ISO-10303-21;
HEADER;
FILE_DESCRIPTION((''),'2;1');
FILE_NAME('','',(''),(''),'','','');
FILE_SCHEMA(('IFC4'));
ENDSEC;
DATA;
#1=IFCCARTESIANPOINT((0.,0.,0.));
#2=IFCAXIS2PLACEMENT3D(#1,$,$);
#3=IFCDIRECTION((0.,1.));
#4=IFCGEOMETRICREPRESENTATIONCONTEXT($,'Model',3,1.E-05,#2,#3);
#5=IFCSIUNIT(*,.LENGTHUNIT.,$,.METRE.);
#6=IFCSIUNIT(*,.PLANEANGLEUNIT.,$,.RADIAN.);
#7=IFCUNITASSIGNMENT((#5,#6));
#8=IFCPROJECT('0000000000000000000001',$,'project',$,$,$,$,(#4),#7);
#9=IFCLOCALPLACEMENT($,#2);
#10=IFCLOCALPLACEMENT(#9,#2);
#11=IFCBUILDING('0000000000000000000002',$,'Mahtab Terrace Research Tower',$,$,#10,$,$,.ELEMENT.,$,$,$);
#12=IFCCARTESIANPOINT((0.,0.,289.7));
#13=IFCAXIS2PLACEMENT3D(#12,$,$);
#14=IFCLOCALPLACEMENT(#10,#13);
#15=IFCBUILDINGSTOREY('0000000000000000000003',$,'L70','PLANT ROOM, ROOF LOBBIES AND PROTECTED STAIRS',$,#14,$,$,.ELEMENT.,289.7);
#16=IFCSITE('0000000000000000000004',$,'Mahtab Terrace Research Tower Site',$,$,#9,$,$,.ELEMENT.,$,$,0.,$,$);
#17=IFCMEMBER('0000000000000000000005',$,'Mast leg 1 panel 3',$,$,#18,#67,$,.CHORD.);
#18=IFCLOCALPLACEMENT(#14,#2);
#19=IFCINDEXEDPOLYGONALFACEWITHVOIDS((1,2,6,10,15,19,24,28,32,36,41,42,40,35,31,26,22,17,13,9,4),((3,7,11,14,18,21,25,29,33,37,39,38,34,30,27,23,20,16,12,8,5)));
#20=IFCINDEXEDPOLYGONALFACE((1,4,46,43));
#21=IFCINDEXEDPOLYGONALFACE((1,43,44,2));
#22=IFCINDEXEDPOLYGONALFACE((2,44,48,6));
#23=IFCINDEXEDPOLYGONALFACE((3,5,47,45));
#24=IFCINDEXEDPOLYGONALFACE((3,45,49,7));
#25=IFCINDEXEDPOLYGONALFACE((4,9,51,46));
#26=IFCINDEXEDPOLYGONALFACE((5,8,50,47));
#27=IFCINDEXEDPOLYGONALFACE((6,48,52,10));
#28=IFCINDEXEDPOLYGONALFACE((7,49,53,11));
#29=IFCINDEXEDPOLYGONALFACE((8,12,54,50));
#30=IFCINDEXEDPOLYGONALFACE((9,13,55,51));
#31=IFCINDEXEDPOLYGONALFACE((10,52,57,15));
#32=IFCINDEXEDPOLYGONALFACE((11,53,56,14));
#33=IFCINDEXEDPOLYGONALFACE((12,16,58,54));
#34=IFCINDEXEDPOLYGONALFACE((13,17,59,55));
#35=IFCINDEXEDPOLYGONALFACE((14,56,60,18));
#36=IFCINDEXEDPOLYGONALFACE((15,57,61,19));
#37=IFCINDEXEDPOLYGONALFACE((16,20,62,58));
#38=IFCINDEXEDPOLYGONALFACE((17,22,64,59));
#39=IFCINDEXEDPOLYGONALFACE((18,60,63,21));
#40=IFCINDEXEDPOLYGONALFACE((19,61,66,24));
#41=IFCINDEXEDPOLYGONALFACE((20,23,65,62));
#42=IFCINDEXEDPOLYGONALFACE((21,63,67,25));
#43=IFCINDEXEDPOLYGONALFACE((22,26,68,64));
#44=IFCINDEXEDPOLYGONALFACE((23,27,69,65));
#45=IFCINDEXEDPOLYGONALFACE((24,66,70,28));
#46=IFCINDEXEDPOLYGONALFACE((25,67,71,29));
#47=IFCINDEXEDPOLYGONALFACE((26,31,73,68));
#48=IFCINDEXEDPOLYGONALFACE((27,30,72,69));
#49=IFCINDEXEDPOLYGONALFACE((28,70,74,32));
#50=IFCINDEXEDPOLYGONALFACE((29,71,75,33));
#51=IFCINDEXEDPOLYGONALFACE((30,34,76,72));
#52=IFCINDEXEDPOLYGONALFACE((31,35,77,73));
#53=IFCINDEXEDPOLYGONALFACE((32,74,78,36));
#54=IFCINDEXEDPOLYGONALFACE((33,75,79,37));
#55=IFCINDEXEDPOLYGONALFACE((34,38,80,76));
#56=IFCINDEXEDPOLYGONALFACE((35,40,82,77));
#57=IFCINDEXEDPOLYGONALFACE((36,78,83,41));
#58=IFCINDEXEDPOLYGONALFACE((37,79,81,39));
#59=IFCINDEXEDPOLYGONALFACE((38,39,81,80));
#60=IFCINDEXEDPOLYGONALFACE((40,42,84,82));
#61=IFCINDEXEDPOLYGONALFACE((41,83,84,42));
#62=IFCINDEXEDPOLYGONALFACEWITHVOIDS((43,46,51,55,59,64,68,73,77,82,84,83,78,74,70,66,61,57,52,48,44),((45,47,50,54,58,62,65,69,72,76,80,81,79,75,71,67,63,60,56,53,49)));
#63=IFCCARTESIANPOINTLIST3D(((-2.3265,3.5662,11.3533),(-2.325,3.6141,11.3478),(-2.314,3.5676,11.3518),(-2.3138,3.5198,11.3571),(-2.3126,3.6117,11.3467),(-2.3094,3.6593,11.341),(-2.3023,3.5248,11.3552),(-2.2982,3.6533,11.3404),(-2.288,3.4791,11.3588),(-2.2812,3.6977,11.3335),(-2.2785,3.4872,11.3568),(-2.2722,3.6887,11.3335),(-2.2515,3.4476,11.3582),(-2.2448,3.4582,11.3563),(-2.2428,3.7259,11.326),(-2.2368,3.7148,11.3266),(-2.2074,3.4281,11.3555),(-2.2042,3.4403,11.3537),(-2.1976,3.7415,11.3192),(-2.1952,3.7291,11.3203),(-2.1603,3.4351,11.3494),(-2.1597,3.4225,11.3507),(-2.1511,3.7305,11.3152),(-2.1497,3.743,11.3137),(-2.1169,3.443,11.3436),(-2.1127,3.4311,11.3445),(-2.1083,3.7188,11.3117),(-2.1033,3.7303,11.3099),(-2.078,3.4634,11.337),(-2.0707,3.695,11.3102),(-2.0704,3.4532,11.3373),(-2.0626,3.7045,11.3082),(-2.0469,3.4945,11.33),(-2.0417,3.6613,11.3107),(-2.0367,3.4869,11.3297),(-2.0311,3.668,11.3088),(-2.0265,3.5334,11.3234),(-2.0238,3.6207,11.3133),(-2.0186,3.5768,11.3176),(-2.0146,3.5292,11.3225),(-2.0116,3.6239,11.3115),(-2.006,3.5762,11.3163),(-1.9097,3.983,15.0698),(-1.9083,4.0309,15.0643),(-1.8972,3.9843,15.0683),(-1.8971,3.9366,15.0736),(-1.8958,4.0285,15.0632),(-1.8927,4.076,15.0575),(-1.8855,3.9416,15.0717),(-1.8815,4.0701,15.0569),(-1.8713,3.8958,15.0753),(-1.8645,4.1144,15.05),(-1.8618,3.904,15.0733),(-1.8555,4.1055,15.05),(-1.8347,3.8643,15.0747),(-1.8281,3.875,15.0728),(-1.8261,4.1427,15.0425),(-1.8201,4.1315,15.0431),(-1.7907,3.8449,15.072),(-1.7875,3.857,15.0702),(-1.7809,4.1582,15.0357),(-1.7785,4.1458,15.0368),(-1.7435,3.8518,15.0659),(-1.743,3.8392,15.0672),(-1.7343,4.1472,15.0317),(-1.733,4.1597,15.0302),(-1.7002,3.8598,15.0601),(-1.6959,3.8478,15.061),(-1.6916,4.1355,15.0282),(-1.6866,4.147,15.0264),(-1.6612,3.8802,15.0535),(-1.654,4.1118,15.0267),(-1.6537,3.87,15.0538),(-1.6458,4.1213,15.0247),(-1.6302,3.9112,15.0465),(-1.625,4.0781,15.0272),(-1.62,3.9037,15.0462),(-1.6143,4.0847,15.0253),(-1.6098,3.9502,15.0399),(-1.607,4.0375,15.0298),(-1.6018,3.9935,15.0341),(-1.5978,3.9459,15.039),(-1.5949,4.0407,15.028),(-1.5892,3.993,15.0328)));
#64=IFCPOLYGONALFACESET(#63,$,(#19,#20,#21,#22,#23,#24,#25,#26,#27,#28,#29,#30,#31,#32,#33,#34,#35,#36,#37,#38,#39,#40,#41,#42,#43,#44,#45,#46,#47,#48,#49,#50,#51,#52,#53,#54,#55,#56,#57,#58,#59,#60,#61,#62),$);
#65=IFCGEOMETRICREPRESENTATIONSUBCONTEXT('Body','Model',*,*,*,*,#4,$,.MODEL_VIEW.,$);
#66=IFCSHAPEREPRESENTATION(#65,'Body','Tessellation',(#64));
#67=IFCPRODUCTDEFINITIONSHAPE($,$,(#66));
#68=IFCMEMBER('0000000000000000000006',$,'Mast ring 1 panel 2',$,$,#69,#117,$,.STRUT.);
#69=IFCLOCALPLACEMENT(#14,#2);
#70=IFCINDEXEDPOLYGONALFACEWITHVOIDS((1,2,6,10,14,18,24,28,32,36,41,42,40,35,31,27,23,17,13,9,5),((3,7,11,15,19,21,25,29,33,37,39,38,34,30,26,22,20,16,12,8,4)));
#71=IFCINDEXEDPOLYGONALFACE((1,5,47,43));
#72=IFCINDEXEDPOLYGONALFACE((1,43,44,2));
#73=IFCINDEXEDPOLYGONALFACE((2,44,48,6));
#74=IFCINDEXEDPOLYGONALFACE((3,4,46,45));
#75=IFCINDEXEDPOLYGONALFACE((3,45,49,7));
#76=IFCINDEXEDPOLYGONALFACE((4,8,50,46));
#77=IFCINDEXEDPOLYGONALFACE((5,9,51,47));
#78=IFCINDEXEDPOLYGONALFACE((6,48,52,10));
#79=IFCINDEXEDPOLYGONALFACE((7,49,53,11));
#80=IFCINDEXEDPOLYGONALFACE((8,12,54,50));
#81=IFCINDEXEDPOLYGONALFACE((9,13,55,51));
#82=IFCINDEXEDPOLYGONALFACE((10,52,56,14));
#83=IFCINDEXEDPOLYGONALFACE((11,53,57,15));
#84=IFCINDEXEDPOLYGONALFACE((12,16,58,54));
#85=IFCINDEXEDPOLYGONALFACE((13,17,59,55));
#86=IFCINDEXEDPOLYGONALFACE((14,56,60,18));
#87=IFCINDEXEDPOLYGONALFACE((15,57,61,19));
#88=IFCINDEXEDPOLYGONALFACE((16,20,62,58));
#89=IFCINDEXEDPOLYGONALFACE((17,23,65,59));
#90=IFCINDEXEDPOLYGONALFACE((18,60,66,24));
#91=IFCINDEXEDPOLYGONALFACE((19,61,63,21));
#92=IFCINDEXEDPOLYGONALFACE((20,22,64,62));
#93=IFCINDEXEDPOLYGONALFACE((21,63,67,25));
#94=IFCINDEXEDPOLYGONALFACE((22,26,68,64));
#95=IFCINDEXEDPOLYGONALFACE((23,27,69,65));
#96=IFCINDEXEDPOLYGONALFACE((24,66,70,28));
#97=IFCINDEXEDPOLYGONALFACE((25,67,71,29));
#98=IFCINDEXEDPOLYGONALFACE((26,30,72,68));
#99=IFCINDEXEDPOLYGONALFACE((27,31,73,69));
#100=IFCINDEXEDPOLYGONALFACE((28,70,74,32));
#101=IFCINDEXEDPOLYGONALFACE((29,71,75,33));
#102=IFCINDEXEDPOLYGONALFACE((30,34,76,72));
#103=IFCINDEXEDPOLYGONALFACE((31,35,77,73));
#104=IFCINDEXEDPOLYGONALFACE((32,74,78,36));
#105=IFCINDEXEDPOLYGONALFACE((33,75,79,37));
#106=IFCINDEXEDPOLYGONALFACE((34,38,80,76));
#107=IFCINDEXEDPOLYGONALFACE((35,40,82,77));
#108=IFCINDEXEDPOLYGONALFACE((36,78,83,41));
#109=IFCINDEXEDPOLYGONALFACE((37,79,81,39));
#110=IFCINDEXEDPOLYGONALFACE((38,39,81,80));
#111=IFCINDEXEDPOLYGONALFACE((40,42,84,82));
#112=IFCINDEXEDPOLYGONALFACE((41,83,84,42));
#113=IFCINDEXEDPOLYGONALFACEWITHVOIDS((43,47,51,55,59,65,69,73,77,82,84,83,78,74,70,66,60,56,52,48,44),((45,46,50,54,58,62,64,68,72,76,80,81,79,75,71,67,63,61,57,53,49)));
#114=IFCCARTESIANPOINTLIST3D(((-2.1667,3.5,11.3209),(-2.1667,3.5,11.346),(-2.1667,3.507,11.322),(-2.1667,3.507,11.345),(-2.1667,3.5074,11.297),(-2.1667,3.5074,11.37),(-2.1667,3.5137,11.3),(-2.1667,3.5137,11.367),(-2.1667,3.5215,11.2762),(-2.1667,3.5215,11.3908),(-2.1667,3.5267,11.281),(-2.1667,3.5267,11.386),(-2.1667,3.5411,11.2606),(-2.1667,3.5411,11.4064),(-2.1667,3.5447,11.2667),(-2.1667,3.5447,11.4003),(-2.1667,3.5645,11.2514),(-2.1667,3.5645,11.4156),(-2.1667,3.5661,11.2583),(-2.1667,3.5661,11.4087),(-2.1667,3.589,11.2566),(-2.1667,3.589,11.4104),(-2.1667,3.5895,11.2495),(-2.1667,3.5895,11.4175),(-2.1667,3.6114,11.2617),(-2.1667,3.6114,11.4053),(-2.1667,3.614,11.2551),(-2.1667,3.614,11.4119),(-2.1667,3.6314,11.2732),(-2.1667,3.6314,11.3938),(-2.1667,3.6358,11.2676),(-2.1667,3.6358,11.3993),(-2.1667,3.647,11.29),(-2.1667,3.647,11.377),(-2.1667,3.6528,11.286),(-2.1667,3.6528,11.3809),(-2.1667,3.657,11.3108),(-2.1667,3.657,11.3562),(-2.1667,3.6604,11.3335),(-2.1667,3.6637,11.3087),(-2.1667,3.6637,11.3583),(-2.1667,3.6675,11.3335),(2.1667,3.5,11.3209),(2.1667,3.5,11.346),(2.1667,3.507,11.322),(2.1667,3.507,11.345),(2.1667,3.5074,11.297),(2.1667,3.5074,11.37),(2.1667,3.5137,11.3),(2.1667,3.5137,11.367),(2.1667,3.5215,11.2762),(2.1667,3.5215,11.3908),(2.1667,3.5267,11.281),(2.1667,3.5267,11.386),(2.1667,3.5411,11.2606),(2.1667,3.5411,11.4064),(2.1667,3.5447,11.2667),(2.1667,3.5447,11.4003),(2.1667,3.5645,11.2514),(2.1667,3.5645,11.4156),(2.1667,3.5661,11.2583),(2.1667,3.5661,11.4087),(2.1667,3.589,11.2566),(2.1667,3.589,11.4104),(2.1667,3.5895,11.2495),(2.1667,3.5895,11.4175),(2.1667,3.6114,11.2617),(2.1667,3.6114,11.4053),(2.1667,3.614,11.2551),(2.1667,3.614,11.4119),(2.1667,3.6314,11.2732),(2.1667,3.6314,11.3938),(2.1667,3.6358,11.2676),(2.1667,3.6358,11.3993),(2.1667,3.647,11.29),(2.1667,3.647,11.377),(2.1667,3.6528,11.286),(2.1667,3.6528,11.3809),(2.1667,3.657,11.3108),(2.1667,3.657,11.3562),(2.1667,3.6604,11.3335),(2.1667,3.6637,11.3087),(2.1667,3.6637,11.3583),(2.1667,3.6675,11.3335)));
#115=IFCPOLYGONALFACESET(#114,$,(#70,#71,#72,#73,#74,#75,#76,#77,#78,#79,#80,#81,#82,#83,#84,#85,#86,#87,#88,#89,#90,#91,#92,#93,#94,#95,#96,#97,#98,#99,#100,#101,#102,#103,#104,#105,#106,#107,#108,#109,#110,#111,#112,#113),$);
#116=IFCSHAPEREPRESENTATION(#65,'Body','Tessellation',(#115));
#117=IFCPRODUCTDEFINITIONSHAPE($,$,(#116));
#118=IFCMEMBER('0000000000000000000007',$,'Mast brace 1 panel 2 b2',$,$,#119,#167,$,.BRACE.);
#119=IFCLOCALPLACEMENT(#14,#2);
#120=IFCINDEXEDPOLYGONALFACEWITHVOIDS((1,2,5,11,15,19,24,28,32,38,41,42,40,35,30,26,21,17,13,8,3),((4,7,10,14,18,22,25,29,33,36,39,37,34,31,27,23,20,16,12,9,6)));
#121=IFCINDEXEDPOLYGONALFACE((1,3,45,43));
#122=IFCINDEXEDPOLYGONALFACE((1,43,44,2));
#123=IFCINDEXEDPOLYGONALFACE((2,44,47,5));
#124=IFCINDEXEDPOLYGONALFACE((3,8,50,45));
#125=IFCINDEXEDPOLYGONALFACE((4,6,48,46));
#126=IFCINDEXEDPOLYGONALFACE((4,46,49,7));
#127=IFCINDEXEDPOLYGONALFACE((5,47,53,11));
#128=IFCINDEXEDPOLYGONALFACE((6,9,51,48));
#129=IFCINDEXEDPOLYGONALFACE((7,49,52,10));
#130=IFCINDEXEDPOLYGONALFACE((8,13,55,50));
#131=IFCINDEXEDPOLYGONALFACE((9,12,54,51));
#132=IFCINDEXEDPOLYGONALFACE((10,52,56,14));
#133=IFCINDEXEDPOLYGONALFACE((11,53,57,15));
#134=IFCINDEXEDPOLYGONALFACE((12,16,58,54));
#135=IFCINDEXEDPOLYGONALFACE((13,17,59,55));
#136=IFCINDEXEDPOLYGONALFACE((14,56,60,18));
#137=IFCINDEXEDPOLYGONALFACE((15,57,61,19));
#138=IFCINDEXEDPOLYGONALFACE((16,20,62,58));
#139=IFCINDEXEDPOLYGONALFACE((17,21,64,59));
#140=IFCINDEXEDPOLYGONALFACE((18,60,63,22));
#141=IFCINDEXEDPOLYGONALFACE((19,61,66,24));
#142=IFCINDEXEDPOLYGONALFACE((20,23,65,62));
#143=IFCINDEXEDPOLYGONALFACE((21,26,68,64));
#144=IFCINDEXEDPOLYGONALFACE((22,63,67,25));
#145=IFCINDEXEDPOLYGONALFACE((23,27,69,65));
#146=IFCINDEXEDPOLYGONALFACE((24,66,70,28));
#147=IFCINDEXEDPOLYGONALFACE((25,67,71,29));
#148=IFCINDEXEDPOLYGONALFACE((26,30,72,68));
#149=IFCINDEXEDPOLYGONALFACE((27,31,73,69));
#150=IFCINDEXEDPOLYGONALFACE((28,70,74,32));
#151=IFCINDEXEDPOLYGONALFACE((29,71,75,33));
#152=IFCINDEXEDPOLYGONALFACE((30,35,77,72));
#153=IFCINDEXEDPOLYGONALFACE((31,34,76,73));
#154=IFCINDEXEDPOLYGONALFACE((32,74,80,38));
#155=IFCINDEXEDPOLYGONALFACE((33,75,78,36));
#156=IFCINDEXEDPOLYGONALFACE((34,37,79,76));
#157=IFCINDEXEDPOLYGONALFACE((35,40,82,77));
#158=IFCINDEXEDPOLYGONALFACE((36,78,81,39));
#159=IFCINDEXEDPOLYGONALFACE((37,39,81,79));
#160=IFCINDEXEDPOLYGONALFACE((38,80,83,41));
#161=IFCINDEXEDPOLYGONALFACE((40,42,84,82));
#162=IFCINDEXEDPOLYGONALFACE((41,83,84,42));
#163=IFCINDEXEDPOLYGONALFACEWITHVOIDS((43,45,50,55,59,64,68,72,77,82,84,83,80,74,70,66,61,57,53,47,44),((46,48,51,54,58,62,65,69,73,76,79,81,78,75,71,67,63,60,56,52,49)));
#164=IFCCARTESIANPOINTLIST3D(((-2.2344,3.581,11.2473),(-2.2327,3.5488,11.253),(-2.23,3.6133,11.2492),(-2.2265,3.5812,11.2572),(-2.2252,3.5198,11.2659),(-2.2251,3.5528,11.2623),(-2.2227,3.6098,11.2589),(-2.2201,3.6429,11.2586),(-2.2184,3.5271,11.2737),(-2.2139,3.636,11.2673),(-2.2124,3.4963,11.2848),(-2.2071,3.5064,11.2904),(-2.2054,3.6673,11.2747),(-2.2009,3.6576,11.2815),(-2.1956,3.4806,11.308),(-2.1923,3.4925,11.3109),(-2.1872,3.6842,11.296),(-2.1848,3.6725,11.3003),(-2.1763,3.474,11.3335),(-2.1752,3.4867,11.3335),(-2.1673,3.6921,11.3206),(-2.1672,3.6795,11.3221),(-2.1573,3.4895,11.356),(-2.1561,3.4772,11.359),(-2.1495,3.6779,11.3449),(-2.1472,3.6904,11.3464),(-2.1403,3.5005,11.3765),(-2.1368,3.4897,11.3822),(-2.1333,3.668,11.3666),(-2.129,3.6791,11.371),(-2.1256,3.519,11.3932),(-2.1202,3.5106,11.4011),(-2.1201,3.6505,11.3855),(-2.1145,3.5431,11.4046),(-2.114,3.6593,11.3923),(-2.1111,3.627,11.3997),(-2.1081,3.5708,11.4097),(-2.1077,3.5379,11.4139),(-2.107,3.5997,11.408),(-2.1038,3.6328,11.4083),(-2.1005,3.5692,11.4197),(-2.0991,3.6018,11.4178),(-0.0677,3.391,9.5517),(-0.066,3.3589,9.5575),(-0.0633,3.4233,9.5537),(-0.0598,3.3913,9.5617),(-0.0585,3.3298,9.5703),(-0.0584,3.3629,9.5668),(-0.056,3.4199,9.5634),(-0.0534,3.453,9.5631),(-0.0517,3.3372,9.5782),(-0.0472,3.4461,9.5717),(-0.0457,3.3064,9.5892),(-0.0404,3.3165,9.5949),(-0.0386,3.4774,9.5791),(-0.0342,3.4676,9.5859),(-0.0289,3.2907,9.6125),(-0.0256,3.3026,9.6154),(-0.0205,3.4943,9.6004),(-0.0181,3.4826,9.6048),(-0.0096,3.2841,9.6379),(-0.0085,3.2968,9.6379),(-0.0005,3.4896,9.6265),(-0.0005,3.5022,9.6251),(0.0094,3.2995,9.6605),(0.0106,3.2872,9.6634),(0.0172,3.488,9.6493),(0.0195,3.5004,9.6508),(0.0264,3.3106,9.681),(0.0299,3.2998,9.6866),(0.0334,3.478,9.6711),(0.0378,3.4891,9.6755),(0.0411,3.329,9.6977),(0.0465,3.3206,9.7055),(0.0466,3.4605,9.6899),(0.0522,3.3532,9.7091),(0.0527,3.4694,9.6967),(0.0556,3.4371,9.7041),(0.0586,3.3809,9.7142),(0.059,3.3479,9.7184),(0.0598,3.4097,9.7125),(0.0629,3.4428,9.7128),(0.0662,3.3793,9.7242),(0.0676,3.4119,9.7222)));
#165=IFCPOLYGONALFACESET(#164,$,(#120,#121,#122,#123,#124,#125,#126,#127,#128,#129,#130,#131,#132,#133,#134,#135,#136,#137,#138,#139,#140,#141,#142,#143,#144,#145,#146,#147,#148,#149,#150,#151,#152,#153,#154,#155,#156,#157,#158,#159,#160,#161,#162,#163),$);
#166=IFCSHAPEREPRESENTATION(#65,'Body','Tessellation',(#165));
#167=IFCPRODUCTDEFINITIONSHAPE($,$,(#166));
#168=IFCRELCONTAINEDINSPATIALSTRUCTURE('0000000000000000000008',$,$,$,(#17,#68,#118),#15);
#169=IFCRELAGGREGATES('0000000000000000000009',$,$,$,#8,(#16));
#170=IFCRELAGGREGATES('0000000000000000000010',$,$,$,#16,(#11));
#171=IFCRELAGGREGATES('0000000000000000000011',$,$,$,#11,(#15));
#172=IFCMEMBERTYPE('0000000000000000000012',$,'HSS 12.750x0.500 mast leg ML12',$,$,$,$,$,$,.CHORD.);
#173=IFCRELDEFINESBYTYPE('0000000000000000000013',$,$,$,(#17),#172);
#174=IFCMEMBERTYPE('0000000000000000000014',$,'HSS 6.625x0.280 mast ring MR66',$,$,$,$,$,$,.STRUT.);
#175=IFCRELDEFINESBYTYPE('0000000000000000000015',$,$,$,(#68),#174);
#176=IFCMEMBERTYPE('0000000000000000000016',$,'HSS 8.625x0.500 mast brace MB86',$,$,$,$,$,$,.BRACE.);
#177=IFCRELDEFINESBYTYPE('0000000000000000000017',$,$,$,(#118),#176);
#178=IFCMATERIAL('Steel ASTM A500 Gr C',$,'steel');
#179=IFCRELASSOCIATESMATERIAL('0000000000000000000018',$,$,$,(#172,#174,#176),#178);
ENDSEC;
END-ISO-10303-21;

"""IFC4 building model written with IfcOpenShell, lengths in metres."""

from ifc_helpers import new_model, si_unit, direction, frame, origin, origin_2d, place, context, subcontext, project, spatial, hollow_circle, extrude, material, material_profile, profile_set, type_object, element, save


model = new_model("IFC4")

# Units and contexts
model_context = context("Model", 3, precision=1e-05, world=origin(), true_north=direction((0.0, 1.0)))
body_context = subcontext(model_context, "Body", "Model", "MODEL_VIEW")
ifc_project = project(units=[si_unit("LENGTHUNIT", "METRE"), si_unit("PLANEANGLEUNIT", "RADIAN")], contexts=[model_context])

# Site, building, storey
site_placement = place(None, origin())
site = spatial("IfcSite", under=ifc_project, at=site_placement, Name="Mahtab Terrace Research Tower Site", CompositionType="ELEMENT", RefElevation=0.0)
building_placement = place(site_placement, origin())
building = spatial("IfcBuilding", under=site, at=building_placement, Name="Mahtab Terrace Research Tower", CompositionType="ELEMENT")
storey_placement = place(building_placement, frame((0.0, 0.0, 289.7)))
storey = spatial("IfcBuildingStorey", under=building, at=storey_placement, Name="L70", Description="PLANT ROOM, ROOF LOBBIES AND PROTECTED STAIRS", CompositionType="ELEMENT", Elevation=289.7)

# Members
ifc_material_1 = material(Name="Steel ASTM A500 Gr C", Category="steel")
ifc_material_profile_1 = material_profile(ifc_material_1, hollow_circle(Radius=0.1619, WallThickness=0.0127, at=origin_2d()), Name="HSS12.750X0.500")
ifc_profile_set_1 = profile_set([ifc_material_profile_1], Name="Steel ASTM A500 Gr C")
member_type_1 = type_object("IfcMemberType", Name="HSS 12.750x0.500 mast leg ML12", PredefinedType="CHORD", material=ifc_profile_set_1)
member_1_placement = place(storey_placement, frame((-2.1667, 3.5833, 11.3335), z_axis=(0.110749, 0.110749, 0.987658), x_axis=(-0.707107, 0.707107, 0.0)))
element("IfcMember", 1, at=member_1_placement, inside=storey, type_object=member_type_1, Name="Mast leg 1 panel 3", PredefinedType="CHORD", context=body_context, shape_type="SweptSolid", body=[
    extrude(hollow_circle(Radius=0.1619, WallThickness=0.0127, at=origin_2d()), origin(), (0.0, 0.0, 1.0), 3.7629),
])
ifc_material_profile_2 = material_profile(ifc_material_1, hollow_circle(Radius=0.0842, WallThickness=0.0071, at=origin_2d()), Name="HSS6.625X0.280")
ifc_profile_set_2 = profile_set([ifc_material_profile_2], Name="Steel ASTM A500 Gr C")
member_type_2 = type_object("IfcMemberType", Name="HSS 6.625x0.280 mast ring MR66", PredefinedType="STRUT", material=ifc_profile_set_2)
member_2_placement = place(storey_placement, frame((-2.1667, 3.5833, 11.3335), z_axis=(1.0, 0.0, 0.0), x_axis=(0.0, 1.0, 0.0)))
element("IfcMember", 2, at=member_2_placement, inside=storey, type_object=member_type_2, Name="Mast ring 1 panel 2", PredefinedType="STRUT", context=body_context, shape_type="SweptSolid", body=[
    extrude(hollow_circle(Radius=0.0842, WallThickness=0.0071, at=origin_2d()), origin(), (0.0, 0.0, 1.0), 4.3335),
])
ifc_material_profile_3 = material_profile(ifc_material_1, hollow_circle(Radius=0.1096, WallThickness=0.0127, at=origin_2d()), Name="HSS8.625X0.500")
ifc_profile_set_3 = profile_set([ifc_material_profile_3], Name="Steel ASTM A500 Gr C")
member_type_3 = type_object("IfcMemberType", Name="HSS 8.625x0.500 mast brace MB86", PredefinedType="BRACE", material=ifc_profile_set_3)
member_3_placement = place(storey_placement, frame((0.0, 3.3933, 9.6379), z_axis=(-0.785663, 0.068873, 0.614809), x_axis=(-0.087327, -0.99618, 0.0)))
element("IfcMember", 3, at=member_3_placement, inside=storey, type_object=member_type_3, Name="Mast brace 1 panel 2 b2", PredefinedType="BRACE", context=body_context, shape_type="SweptSolid", body=[
    extrude(hollow_circle(Radius=0.1096, WallThickness=0.0127, at=origin_2d()), origin(), (0.0, 0.0, 1.0), 2.7578),
])

save(model, "model.ifc")
